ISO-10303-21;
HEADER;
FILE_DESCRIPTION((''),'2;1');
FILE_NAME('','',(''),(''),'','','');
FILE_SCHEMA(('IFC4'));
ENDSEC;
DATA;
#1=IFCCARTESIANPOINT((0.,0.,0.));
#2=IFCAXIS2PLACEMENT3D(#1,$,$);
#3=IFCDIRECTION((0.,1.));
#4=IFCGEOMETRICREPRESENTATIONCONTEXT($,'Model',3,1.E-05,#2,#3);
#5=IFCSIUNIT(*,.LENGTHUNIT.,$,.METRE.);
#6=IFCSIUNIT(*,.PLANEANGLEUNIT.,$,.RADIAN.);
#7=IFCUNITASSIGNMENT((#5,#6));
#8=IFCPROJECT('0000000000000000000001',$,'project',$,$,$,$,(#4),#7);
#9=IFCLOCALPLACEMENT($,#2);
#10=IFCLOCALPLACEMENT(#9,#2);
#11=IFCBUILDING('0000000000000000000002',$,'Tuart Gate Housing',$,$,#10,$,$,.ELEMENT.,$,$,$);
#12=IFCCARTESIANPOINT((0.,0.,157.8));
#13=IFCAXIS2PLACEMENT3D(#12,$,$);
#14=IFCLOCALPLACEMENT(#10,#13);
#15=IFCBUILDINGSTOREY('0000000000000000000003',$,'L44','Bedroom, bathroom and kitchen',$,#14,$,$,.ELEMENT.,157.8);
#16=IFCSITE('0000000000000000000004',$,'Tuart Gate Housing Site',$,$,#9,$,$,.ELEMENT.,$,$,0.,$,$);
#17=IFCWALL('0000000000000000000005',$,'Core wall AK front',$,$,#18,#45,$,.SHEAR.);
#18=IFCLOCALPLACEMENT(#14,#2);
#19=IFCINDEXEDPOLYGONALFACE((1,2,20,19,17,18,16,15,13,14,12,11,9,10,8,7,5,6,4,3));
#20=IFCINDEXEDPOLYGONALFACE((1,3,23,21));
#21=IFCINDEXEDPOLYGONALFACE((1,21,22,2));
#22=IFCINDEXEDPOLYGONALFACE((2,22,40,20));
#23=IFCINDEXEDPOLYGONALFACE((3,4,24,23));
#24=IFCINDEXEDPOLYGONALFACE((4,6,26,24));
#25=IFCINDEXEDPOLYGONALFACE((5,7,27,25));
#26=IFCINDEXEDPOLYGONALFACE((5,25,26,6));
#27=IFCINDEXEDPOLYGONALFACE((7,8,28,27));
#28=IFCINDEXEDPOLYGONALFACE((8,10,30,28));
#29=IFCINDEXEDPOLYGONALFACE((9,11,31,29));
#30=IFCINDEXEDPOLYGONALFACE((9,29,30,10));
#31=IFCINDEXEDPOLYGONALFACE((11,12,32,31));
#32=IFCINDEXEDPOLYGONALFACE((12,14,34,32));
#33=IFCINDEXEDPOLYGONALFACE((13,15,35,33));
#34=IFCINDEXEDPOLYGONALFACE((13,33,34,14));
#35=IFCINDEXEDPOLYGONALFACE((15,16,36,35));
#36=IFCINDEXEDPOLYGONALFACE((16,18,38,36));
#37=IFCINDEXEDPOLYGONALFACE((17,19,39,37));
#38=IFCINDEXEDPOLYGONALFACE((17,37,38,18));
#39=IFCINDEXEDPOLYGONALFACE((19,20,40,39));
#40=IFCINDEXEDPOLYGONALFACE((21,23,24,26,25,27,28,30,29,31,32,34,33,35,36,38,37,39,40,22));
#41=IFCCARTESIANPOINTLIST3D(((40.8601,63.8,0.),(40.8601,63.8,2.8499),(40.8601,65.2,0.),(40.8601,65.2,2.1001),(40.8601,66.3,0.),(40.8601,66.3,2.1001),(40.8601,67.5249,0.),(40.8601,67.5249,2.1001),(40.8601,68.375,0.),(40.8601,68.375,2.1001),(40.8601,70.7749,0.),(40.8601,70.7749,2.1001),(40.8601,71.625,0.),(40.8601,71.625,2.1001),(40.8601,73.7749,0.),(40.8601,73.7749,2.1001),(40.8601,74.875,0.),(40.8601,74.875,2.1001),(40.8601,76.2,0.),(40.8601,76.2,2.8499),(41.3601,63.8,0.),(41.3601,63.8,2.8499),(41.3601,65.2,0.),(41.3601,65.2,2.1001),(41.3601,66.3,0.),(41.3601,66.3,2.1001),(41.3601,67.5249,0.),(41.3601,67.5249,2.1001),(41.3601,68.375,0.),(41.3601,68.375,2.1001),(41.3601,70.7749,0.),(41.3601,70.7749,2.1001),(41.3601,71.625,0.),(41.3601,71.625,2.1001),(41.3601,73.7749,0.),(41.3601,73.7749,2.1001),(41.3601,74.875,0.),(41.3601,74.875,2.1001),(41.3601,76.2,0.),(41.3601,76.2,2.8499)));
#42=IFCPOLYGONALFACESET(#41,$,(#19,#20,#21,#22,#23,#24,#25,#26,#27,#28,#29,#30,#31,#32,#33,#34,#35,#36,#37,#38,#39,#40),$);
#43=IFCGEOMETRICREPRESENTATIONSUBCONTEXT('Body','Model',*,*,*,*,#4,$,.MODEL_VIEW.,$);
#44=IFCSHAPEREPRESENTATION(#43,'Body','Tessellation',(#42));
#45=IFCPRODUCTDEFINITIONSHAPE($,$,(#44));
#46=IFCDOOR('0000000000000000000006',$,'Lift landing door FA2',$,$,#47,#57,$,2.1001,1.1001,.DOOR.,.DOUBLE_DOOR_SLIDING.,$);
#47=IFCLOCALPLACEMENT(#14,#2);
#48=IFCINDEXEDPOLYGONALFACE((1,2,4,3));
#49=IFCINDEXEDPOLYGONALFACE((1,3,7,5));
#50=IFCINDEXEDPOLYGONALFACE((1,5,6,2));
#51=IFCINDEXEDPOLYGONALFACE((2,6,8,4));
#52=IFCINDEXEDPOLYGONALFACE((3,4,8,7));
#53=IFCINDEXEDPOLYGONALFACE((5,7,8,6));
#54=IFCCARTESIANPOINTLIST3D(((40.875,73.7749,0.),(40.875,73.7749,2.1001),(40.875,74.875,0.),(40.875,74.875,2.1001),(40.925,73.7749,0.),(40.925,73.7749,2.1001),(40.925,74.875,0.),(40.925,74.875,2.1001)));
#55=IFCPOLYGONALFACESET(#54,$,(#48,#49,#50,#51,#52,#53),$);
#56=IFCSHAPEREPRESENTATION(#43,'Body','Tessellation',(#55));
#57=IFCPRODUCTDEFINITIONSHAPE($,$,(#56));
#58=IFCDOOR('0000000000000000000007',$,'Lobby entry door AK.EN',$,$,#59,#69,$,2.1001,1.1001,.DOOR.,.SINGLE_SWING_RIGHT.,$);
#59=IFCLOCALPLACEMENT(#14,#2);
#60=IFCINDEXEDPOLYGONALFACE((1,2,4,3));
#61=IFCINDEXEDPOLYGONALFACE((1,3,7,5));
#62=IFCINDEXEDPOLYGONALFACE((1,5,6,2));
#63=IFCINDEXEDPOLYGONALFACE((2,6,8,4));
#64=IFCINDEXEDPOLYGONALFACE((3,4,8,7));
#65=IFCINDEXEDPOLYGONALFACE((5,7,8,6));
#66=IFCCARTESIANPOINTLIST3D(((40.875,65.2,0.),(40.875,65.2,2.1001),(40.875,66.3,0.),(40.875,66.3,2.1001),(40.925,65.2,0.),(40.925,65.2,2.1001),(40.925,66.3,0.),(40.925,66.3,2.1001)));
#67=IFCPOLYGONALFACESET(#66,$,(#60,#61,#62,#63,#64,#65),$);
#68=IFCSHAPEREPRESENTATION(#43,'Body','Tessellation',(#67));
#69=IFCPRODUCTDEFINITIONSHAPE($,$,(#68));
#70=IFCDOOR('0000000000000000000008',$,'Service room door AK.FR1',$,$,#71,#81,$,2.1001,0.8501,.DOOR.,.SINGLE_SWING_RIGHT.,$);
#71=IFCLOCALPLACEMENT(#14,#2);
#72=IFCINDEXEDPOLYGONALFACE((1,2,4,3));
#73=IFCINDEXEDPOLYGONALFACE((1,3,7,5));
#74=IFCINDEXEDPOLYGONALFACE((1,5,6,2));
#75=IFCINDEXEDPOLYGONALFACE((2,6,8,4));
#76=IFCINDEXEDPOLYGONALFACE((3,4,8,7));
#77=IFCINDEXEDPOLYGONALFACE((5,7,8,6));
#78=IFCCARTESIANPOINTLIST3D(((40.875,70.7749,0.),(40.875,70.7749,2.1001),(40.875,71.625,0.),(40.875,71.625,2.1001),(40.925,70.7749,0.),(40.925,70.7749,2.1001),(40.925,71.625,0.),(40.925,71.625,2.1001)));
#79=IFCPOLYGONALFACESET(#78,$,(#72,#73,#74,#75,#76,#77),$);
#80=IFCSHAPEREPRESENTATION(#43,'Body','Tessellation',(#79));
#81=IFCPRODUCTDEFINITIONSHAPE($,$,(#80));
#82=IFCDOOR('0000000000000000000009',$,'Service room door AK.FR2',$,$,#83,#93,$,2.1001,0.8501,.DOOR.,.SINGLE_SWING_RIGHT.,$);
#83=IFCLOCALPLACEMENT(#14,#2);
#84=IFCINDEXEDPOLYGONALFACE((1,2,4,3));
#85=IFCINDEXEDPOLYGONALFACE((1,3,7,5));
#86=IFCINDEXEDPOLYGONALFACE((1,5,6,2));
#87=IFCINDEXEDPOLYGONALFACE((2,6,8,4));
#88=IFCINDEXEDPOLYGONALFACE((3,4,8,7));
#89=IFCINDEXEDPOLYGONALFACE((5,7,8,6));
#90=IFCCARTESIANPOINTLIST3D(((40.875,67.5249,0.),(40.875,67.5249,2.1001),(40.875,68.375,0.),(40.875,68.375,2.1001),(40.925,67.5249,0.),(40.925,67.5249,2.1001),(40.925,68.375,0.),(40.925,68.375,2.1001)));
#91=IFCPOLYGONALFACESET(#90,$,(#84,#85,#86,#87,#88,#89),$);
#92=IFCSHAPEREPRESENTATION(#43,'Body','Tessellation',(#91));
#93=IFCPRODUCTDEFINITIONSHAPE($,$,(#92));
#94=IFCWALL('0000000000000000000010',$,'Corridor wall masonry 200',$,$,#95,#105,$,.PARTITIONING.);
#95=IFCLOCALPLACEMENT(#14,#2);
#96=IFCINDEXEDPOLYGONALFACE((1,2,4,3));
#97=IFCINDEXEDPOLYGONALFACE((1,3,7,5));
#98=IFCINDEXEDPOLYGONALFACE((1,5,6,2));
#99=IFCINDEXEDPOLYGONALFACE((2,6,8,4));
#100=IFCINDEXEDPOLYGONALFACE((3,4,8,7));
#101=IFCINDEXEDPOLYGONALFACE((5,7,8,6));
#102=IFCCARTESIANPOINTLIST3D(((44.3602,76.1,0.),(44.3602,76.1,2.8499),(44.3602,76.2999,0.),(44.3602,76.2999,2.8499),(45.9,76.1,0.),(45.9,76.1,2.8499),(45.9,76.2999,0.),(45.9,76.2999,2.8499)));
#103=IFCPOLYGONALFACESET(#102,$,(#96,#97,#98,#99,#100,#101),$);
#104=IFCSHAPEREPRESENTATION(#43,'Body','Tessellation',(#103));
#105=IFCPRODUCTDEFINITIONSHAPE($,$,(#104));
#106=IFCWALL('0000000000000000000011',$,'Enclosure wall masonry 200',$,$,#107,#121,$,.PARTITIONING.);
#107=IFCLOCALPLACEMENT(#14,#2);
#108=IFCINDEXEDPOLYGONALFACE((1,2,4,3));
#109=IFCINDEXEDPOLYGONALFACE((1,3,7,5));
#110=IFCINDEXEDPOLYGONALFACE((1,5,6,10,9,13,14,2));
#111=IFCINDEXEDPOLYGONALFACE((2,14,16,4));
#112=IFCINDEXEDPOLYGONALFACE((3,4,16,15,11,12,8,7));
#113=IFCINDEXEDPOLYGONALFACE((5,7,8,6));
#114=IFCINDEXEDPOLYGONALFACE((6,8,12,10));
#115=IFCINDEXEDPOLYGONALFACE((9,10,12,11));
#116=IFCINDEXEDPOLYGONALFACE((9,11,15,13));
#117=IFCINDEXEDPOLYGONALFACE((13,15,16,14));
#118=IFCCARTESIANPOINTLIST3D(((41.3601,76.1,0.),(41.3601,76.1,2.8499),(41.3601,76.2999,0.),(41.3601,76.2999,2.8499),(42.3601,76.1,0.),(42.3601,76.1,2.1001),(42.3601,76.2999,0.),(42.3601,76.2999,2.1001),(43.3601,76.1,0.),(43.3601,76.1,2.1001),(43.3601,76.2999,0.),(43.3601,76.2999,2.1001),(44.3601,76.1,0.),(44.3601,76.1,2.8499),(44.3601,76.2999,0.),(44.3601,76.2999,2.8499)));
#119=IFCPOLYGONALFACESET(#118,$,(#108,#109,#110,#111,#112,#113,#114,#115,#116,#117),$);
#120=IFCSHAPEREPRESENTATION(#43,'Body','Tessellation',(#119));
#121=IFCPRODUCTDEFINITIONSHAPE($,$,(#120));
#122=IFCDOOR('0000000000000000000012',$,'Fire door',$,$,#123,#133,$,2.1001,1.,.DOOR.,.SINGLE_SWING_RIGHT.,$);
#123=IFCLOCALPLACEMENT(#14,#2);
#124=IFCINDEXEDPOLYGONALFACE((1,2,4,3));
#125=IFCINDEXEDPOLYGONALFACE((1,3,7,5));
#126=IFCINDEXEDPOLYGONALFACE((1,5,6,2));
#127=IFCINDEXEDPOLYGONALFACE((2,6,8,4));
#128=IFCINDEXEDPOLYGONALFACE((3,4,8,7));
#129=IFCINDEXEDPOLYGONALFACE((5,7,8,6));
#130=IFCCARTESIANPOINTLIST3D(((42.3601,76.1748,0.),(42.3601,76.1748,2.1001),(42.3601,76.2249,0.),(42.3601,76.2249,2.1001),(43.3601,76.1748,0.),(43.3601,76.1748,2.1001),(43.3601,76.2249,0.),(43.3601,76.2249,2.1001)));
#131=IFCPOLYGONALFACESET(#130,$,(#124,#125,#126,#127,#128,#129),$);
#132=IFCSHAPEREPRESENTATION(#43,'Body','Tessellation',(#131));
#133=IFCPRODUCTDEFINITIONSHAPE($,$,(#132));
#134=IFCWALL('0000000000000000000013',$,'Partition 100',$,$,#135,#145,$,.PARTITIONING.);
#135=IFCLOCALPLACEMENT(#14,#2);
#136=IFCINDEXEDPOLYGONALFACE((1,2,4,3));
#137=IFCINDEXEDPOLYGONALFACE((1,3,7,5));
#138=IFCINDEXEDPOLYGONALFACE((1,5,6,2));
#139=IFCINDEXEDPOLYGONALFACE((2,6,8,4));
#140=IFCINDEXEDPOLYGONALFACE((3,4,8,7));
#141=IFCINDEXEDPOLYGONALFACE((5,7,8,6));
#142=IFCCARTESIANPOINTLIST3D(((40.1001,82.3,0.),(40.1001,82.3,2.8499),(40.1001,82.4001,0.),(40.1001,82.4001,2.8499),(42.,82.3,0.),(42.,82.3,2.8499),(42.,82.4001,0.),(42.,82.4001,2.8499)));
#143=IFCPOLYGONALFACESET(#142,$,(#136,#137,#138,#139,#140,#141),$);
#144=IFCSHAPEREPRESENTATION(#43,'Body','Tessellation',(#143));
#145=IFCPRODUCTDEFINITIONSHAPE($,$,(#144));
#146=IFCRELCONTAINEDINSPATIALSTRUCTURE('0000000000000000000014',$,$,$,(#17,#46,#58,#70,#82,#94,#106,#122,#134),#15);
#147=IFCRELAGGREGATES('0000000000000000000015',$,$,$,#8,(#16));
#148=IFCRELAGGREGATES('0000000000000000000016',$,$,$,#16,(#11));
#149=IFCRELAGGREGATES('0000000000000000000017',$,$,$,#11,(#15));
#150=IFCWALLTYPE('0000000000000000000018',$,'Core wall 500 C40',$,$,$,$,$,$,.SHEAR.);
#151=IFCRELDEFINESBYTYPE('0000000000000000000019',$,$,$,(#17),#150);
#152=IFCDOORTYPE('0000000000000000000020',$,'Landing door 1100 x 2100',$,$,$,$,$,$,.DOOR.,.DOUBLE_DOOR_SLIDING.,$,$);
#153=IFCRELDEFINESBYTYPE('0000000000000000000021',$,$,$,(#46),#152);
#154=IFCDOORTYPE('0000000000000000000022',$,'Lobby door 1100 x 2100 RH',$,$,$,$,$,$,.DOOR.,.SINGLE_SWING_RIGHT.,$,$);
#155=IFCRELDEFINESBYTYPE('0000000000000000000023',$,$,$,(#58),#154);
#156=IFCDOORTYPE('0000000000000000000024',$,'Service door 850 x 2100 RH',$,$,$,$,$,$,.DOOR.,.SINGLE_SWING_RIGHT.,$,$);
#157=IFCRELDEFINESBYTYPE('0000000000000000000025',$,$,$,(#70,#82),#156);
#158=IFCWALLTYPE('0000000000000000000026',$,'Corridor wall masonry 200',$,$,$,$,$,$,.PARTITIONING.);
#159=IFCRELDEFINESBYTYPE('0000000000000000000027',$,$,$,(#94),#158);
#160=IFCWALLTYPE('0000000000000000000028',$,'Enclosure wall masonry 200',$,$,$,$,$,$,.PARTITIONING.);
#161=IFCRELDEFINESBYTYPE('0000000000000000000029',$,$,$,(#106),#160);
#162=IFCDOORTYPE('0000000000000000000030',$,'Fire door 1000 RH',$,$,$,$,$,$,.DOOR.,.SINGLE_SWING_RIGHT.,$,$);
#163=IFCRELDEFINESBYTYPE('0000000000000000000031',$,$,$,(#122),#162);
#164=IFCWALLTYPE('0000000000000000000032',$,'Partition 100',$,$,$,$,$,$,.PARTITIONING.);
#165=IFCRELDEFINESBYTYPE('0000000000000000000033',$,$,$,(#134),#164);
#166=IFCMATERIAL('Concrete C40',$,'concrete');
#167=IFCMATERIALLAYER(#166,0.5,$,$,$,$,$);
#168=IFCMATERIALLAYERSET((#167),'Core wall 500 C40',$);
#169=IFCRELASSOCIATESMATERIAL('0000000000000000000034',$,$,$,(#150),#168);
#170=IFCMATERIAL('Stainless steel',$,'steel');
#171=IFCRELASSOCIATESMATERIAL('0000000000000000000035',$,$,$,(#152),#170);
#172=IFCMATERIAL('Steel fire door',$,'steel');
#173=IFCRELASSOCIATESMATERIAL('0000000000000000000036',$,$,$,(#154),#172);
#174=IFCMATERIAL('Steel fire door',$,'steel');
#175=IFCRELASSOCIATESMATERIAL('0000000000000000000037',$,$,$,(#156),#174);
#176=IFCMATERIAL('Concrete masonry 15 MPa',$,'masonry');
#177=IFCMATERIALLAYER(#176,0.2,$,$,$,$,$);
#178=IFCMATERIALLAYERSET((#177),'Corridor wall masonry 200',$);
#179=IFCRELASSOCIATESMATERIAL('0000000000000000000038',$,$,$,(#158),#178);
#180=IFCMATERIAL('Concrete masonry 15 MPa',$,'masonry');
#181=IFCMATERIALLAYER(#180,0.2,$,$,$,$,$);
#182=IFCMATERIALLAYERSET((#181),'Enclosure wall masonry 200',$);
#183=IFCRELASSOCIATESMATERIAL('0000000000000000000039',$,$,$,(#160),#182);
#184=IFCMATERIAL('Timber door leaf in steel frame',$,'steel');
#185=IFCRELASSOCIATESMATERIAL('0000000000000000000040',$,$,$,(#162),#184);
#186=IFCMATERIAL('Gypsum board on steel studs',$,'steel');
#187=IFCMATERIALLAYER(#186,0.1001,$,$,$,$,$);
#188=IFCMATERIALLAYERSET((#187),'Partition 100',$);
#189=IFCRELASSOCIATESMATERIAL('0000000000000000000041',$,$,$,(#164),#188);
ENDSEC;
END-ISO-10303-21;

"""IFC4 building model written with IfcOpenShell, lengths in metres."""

from ifc_helpers import new_model, si_unit, direction, frame, frame_2d, origin, place, context, subcontext, project, spatial, rectangle, extrude, material, layer, layer_set, type_object, element, fill, save


model = new_model("IFC4")

# Units and contexts
model_context = context("Model", 3, precision=1e-05, world=origin(), true_north=direction((0.0, 1.0)))
body_context = subcontext(model_context, "Body", "Model", "MODEL_VIEW")
ifc_project = project(units=[si_unit("LENGTHUNIT", "METRE"), si_unit("PLANEANGLEUNIT", "RADIAN")], contexts=[model_context])

# Site, building, storey
site_placement = place(None, origin())
site = spatial("IfcSite", under=ifc_project, at=site_placement, Name="Tuart Gate Housing Site", CompositionType="ELEMENT", RefElevation=0.0)
building_placement = place(site_placement, origin())
building = spatial("IfcBuilding", under=site, at=building_placement, Name="Tuart Gate Housing", CompositionType="ELEMENT")
storey_placement = place(building_placement, frame((0.0, 0.0, 157.8)))
storey = spatial("IfcBuildingStorey", under=building, at=storey_placement, Name="L44", Description="Bedroom, bathroom and kitchen", CompositionType="ELEMENT", Elevation=157.8)

# Wall, openings, doors
ifc_material_1 = material(Name="Concrete C40", Category="concrete")
ifc_layer_1 = layer(ifc_material_1, 0.5)
ifc_layer_set_1 = layer_set([ifc_layer_1], Name="Core wall 500 C40")
wall_type_1 = type_object("IfcWallType", Name="Core wall 500 C40", PredefinedType="SHEAR", material=ifc_layer_set_1)
wall_1_placement = place(storey_placement, frame((41.1101, 76.2, 0.0), z_axis=(0.0, 0.0, 1.0), x_axis=(0.0, -1.0, 0.0)))
wall_1 = element("IfcWall", 1, at=wall_1_placement, inside=storey, type_object=wall_type_1, Name="Core wall AK front", PredefinedType="SHEAR", context=body_context, shape_type="SweptSolid", body=[
    extrude(rectangle(XDim=12.3999, YDim=0.5, at=frame_2d((6.2, 0.0))), origin(), (0.0, 0.0, 1.0), 2.8499),
])
opening_1_placement = place(wall_1_placement, frame((1.325, 0.0, 0.0)))
opening_1 = element("IfcOpeningElement", 2, at=opening_1_placement, cuts=wall_1, PredefinedType="OPENING", context=body_context, shape_type="SweptSolid", body=[
    extrude(rectangle(XDim=1.1001, YDim=2.1001, at=frame_2d((0.55, 1.05))), frame((0.0, 0.26, 0.0), z_axis=(0.0, -1.0, 0.0), x_axis=(1.0, 0.0, 0.0)), (0.0, 0.0, 1.0), 0.52),
])
opening_2_placement = place(wall_1_placement, frame((4.575, 0.0, 0.0)))
opening_2 = element("IfcOpeningElement", 3, at=opening_2_placement, cuts=wall_1, PredefinedType="OPENING", context=body_context, shape_type="SweptSolid", body=[
    extrude(rectangle(XDim=0.8501, YDim=2.1001, at=frame_2d((0.425, 1.05))), frame((0.0, 0.26, 0.0), z_axis=(0.0, -1.0, 0.0), x_axis=(1.0, 0.0, 0.0)), (0.0, 0.0, 1.0), 0.52),
])
opening_3_placement = place(wall_1_placement, frame((7.825, 0.0, 0.0)))
opening_3 = element("IfcOpeningElement", 4, at=opening_3_placement, cuts=wall_1, PredefinedType="OPENING", context=body_context, shape_type="SweptSolid", body=[
    extrude(rectangle(XDim=0.8501, YDim=2.1001, at=frame_2d((0.425, 1.05))), frame((0.0, 0.26, 0.0), z_axis=(0.0, -1.0, 0.0), x_axis=(1.0, 0.0, 0.0)), (0.0, 0.0, 1.0), 0.52),
])
opening_4_placement = place(wall_1_placement, frame((9.8999, 0.0, 0.0)))
opening_4 = element("IfcOpeningElement", 5, at=opening_4_placement, cuts=wall_1, PredefinedType="OPENING", context=body_context, shape_type="SweptSolid", body=[
    extrude(rectangle(XDim=1.1001, YDim=2.1001, at=frame_2d((0.55, 1.05))), frame((0.0, 0.26, 0.0), z_axis=(0.0, -1.0, 0.0), x_axis=(1.0, 0.0, 0.0)), (0.0, 0.0, 1.0), 0.52),
])
ifc_material_2 = material(Name="Stainless steel", Category="steel")
door_type_1 = type_object("IfcDoorType", Name="Landing door 1100 x 2100", OperationType="DOUBLE_DOOR_SLIDING", PredefinedType="DOOR", material=ifc_material_2)
door_1_placement = place(opening_1_placement, origin())
door_1 = element("IfcDoor", 6, at=door_1_placement, inside=storey, type_object=door_type_1, Name="Lift landing door FA2", OperationType="DOUBLE_DOOR_SLIDING", OverallHeight=2.1001, OverallWidth=1.1001, PredefinedType="DOOR", context=body_context, shape_type="SweptSolid", body=[
    extrude(rectangle(XDim=1.1001, YDim=2.1001, at=frame_2d((0.55, 1.05))), frame((0.0, -0.1851, 0.0), z_axis=(0.0, -1.0, 0.0), x_axis=(1.0, 0.0, 0.0)), (0.0, 0.0, 1.0), 0.05),
])
fill(opening_1, door_1)
ifc_material_3 = material(Name="Steel fire door", Category="steel")
door_type_2 = type_object("IfcDoorType", Name="Lobby door 1100 x 2100 RH", OperationType="SINGLE_SWING_RIGHT", PredefinedType="DOOR", material=ifc_material_3)
door_2_placement = place(opening_4_placement, frame((1.1001, 0.0, 0.0), z_axis=(0.0, 0.0, 1.0), x_axis=(-1.0, 0.0, 0.0)))
door_2 = element("IfcDoor", 7, at=door_2_placement, inside=storey, type_object=door_type_2, Name="Lobby entry door AK.EN", OperationType="SINGLE_SWING_RIGHT", OverallHeight=2.1001, OverallWidth=1.1001, PredefinedType="DOOR", context=body_context, shape_type="SweptSolid", body=[
    extrude(rectangle(XDim=1.1001, YDim=2.1001, at=frame_2d((0.55, 1.05))), frame((0.0, 0.2351, 0.0), z_axis=(0.0, -1.0, 0.0), x_axis=(1.0, 0.0, 0.0)), (0.0, 0.0, 1.0), 0.05),
])
fill(opening_4, door_2)
ifc_material_4 = material(Name="Steel fire door", Category="steel")
door_type_3 = type_object("IfcDoorType", Name="Service door 850 x 2100 RH", OperationType="SINGLE_SWING_RIGHT", PredefinedType="DOOR", material=ifc_material_4)
door_3_placement = place(opening_2_placement, frame((0.8501, 0.0, 0.0), z_axis=(0.0, 0.0, 1.0), x_axis=(-1.0, 0.0, 0.0)))
door_3 = element("IfcDoor", 8, at=door_3_placement, inside=storey, type_object=door_type_3, Name="Service room door AK.FR1", OperationType="SINGLE_SWING_RIGHT", OverallHeight=2.1001, OverallWidth=0.8501, PredefinedType="DOOR", context=body_context, shape_type="SweptSolid", body=[
    extrude(rectangle(XDim=0.8501, YDim=2.1001, at=frame_2d((0.425, 1.05))), frame((0.0, 0.2351, 0.0), z_axis=(0.0, -1.0, 0.0), x_axis=(1.0, 0.0, 0.0)), (0.0, 0.0, 1.0), 0.05),
])
fill(opening_2, door_3)
door_4_placement = place(opening_3_placement, frame((0.8501, 0.0, 0.0), z_axis=(0.0, 0.0, 1.0), x_axis=(-1.0, 0.0, 0.0)))
door_4 = element("IfcDoor", 9, at=door_4_placement, inside=storey, type_object=door_type_3, Name="Service room door AK.FR2", OperationType="SINGLE_SWING_RIGHT", OverallHeight=2.1001, OverallWidth=0.8501, PredefinedType="DOOR", context=body_context, shape_type="SweptSolid", body=[
    extrude(rectangle(XDim=0.8501, YDim=2.1001, at=frame_2d((0.425, 1.05))), frame((0.0, 0.2351, 0.0), z_axis=(0.0, -1.0, 0.0), x_axis=(1.0, 0.0, 0.0)), (0.0, 0.0, 1.0), 0.05),
])
fill(opening_3, door_4)

# Wall
ifc_material_5 = material(Name="Concrete masonry 15 MPa", Category="masonry")
ifc_layer_2 = layer(ifc_material_5, 0.2)
ifc_layer_set_2 = layer_set([ifc_layer_2], Name="Corridor wall masonry 200")
wall_type_2 = type_object("IfcWallType", Name="Corridor wall masonry 200", PredefinedType="PARTITIONING", material=ifc_layer_set_2)
wall_2_placement = place(storey_placement, frame((44.3601, 76.2, 0.0), z_axis=(0.0, 0.0, 1.0), x_axis=(1.0, 0.0, 0.0)))
element("IfcWall", 10, at=wall_2_placement, inside=storey, type_object=wall_type_2, Name="Corridor wall masonry 200", PredefinedType="PARTITIONING", context=body_context, shape_type="SweptSolid", body=[
    extrude(rectangle(XDim=1.5398, YDim=0.2, at=frame_2d((0.77, 0.0))), origin(), (0.0, 0.0, 1.0), 2.8499),
])

# Wall, opening, door
ifc_material_6 = material(Name="Concrete masonry 15 MPa", Category="masonry")
ifc_layer_3 = layer(ifc_material_6, 0.2)
ifc_layer_set_3 = layer_set([ifc_layer_3], Name="Enclosure wall masonry 200")
wall_type_3 = type_object("IfcWallType", Name="Enclosure wall masonry 200", PredefinedType="PARTITIONING", material=ifc_layer_set_3)
wall_3_placement = place(storey_placement, frame((41.3601, 76.2, 0.0), z_axis=(0.0, 0.0, 1.0), x_axis=(1.0, 0.0, 0.0)))
wall_3 = element("IfcWall", 11, at=wall_3_placement, inside=storey, type_object=wall_type_3, Name="Enclosure wall masonry 200", PredefinedType="PARTITIONING", context=body_context, shape_type="SweptSolid", body=[
    extrude(rectangle(XDim=3.0, YDim=0.2, at=frame_2d((1.5, 0.0))), origin(), (0.0, 0.0, 1.0), 2.8499),
])
opening_5_placement = place(wall_3_placement, frame((1.0, 0.0, 0.0)))
opening_5 = element("IfcOpeningElement", 12, at=opening_5_placement, cuts=wall_3, PredefinedType="OPENING", context=body_context, shape_type="SweptSolid", body=[
    extrude(rectangle(XDim=1.0, YDim=2.1001, at=frame_2d((0.5, 1.05))), frame((0.0, 0.1099, 0.0), z_axis=(0.0, -1.0, 0.0), x_axis=(1.0, 0.0, 0.0)), (0.0, 0.0, 1.0), 0.22),
])
ifc_material_7 = material(Name="Timber door leaf in steel frame", Category="steel")
door_type_4 = type_object("IfcDoorType", Name="Fire door 1000 RH", OperationType="SINGLE_SWING_RIGHT", PredefinedType="DOOR", material=ifc_material_7)
door_5_placement = place(opening_5_placement, origin())
door_5 = element("IfcDoor", 13, at=door_5_placement, inside=storey, type_object=door_type_4, Name="Fire door", OperationType="SINGLE_SWING_RIGHT", OverallHeight=2.1001, OverallWidth=1.0, PredefinedType="DOOR", context=body_context, shape_type="SweptSolid", body=[
    extrude(rectangle(XDim=1.0, YDim=2.1001, at=frame_2d((0.5, 1.05))), frame((0.0, 0.0249, 0.0), z_axis=(0.0, -1.0, 0.0), x_axis=(1.0, 0.0, 0.0)), (0.0, 0.0, 1.0), 0.05),
])
fill(opening_5, door_5)

# Wall
ifc_material_8 = material(Name="Gypsum board on steel studs", Category="steel")
ifc_layer_4 = layer(ifc_material_8, 0.1001)
ifc_layer_set_4 = layer_set([ifc_layer_4], Name="Partition 100")
wall_type_4 = type_object("IfcWallType", Name="Partition 100", PredefinedType="PARTITIONING", material=ifc_layer_set_4)
wall_4_placement = place(storey_placement, frame((40.1001, 82.3501, 0.0), z_axis=(0.0, 0.0, 1.0), x_axis=(1.0, 0.0, 0.0)))
element("IfcWall", 14, at=wall_4_placement, inside=storey, type_object=wall_type_4, Name="Partition 100", PredefinedType="PARTITIONING", context=body_context, shape_type="SweptSolid", body=[
    extrude(rectangle(XDim=1.8999, YDim=0.1001, at=frame_2d((0.95, 0.0))), origin(), (0.0, 0.0, 1.0), 2.8499),
])

save(model, "model.ifc")
